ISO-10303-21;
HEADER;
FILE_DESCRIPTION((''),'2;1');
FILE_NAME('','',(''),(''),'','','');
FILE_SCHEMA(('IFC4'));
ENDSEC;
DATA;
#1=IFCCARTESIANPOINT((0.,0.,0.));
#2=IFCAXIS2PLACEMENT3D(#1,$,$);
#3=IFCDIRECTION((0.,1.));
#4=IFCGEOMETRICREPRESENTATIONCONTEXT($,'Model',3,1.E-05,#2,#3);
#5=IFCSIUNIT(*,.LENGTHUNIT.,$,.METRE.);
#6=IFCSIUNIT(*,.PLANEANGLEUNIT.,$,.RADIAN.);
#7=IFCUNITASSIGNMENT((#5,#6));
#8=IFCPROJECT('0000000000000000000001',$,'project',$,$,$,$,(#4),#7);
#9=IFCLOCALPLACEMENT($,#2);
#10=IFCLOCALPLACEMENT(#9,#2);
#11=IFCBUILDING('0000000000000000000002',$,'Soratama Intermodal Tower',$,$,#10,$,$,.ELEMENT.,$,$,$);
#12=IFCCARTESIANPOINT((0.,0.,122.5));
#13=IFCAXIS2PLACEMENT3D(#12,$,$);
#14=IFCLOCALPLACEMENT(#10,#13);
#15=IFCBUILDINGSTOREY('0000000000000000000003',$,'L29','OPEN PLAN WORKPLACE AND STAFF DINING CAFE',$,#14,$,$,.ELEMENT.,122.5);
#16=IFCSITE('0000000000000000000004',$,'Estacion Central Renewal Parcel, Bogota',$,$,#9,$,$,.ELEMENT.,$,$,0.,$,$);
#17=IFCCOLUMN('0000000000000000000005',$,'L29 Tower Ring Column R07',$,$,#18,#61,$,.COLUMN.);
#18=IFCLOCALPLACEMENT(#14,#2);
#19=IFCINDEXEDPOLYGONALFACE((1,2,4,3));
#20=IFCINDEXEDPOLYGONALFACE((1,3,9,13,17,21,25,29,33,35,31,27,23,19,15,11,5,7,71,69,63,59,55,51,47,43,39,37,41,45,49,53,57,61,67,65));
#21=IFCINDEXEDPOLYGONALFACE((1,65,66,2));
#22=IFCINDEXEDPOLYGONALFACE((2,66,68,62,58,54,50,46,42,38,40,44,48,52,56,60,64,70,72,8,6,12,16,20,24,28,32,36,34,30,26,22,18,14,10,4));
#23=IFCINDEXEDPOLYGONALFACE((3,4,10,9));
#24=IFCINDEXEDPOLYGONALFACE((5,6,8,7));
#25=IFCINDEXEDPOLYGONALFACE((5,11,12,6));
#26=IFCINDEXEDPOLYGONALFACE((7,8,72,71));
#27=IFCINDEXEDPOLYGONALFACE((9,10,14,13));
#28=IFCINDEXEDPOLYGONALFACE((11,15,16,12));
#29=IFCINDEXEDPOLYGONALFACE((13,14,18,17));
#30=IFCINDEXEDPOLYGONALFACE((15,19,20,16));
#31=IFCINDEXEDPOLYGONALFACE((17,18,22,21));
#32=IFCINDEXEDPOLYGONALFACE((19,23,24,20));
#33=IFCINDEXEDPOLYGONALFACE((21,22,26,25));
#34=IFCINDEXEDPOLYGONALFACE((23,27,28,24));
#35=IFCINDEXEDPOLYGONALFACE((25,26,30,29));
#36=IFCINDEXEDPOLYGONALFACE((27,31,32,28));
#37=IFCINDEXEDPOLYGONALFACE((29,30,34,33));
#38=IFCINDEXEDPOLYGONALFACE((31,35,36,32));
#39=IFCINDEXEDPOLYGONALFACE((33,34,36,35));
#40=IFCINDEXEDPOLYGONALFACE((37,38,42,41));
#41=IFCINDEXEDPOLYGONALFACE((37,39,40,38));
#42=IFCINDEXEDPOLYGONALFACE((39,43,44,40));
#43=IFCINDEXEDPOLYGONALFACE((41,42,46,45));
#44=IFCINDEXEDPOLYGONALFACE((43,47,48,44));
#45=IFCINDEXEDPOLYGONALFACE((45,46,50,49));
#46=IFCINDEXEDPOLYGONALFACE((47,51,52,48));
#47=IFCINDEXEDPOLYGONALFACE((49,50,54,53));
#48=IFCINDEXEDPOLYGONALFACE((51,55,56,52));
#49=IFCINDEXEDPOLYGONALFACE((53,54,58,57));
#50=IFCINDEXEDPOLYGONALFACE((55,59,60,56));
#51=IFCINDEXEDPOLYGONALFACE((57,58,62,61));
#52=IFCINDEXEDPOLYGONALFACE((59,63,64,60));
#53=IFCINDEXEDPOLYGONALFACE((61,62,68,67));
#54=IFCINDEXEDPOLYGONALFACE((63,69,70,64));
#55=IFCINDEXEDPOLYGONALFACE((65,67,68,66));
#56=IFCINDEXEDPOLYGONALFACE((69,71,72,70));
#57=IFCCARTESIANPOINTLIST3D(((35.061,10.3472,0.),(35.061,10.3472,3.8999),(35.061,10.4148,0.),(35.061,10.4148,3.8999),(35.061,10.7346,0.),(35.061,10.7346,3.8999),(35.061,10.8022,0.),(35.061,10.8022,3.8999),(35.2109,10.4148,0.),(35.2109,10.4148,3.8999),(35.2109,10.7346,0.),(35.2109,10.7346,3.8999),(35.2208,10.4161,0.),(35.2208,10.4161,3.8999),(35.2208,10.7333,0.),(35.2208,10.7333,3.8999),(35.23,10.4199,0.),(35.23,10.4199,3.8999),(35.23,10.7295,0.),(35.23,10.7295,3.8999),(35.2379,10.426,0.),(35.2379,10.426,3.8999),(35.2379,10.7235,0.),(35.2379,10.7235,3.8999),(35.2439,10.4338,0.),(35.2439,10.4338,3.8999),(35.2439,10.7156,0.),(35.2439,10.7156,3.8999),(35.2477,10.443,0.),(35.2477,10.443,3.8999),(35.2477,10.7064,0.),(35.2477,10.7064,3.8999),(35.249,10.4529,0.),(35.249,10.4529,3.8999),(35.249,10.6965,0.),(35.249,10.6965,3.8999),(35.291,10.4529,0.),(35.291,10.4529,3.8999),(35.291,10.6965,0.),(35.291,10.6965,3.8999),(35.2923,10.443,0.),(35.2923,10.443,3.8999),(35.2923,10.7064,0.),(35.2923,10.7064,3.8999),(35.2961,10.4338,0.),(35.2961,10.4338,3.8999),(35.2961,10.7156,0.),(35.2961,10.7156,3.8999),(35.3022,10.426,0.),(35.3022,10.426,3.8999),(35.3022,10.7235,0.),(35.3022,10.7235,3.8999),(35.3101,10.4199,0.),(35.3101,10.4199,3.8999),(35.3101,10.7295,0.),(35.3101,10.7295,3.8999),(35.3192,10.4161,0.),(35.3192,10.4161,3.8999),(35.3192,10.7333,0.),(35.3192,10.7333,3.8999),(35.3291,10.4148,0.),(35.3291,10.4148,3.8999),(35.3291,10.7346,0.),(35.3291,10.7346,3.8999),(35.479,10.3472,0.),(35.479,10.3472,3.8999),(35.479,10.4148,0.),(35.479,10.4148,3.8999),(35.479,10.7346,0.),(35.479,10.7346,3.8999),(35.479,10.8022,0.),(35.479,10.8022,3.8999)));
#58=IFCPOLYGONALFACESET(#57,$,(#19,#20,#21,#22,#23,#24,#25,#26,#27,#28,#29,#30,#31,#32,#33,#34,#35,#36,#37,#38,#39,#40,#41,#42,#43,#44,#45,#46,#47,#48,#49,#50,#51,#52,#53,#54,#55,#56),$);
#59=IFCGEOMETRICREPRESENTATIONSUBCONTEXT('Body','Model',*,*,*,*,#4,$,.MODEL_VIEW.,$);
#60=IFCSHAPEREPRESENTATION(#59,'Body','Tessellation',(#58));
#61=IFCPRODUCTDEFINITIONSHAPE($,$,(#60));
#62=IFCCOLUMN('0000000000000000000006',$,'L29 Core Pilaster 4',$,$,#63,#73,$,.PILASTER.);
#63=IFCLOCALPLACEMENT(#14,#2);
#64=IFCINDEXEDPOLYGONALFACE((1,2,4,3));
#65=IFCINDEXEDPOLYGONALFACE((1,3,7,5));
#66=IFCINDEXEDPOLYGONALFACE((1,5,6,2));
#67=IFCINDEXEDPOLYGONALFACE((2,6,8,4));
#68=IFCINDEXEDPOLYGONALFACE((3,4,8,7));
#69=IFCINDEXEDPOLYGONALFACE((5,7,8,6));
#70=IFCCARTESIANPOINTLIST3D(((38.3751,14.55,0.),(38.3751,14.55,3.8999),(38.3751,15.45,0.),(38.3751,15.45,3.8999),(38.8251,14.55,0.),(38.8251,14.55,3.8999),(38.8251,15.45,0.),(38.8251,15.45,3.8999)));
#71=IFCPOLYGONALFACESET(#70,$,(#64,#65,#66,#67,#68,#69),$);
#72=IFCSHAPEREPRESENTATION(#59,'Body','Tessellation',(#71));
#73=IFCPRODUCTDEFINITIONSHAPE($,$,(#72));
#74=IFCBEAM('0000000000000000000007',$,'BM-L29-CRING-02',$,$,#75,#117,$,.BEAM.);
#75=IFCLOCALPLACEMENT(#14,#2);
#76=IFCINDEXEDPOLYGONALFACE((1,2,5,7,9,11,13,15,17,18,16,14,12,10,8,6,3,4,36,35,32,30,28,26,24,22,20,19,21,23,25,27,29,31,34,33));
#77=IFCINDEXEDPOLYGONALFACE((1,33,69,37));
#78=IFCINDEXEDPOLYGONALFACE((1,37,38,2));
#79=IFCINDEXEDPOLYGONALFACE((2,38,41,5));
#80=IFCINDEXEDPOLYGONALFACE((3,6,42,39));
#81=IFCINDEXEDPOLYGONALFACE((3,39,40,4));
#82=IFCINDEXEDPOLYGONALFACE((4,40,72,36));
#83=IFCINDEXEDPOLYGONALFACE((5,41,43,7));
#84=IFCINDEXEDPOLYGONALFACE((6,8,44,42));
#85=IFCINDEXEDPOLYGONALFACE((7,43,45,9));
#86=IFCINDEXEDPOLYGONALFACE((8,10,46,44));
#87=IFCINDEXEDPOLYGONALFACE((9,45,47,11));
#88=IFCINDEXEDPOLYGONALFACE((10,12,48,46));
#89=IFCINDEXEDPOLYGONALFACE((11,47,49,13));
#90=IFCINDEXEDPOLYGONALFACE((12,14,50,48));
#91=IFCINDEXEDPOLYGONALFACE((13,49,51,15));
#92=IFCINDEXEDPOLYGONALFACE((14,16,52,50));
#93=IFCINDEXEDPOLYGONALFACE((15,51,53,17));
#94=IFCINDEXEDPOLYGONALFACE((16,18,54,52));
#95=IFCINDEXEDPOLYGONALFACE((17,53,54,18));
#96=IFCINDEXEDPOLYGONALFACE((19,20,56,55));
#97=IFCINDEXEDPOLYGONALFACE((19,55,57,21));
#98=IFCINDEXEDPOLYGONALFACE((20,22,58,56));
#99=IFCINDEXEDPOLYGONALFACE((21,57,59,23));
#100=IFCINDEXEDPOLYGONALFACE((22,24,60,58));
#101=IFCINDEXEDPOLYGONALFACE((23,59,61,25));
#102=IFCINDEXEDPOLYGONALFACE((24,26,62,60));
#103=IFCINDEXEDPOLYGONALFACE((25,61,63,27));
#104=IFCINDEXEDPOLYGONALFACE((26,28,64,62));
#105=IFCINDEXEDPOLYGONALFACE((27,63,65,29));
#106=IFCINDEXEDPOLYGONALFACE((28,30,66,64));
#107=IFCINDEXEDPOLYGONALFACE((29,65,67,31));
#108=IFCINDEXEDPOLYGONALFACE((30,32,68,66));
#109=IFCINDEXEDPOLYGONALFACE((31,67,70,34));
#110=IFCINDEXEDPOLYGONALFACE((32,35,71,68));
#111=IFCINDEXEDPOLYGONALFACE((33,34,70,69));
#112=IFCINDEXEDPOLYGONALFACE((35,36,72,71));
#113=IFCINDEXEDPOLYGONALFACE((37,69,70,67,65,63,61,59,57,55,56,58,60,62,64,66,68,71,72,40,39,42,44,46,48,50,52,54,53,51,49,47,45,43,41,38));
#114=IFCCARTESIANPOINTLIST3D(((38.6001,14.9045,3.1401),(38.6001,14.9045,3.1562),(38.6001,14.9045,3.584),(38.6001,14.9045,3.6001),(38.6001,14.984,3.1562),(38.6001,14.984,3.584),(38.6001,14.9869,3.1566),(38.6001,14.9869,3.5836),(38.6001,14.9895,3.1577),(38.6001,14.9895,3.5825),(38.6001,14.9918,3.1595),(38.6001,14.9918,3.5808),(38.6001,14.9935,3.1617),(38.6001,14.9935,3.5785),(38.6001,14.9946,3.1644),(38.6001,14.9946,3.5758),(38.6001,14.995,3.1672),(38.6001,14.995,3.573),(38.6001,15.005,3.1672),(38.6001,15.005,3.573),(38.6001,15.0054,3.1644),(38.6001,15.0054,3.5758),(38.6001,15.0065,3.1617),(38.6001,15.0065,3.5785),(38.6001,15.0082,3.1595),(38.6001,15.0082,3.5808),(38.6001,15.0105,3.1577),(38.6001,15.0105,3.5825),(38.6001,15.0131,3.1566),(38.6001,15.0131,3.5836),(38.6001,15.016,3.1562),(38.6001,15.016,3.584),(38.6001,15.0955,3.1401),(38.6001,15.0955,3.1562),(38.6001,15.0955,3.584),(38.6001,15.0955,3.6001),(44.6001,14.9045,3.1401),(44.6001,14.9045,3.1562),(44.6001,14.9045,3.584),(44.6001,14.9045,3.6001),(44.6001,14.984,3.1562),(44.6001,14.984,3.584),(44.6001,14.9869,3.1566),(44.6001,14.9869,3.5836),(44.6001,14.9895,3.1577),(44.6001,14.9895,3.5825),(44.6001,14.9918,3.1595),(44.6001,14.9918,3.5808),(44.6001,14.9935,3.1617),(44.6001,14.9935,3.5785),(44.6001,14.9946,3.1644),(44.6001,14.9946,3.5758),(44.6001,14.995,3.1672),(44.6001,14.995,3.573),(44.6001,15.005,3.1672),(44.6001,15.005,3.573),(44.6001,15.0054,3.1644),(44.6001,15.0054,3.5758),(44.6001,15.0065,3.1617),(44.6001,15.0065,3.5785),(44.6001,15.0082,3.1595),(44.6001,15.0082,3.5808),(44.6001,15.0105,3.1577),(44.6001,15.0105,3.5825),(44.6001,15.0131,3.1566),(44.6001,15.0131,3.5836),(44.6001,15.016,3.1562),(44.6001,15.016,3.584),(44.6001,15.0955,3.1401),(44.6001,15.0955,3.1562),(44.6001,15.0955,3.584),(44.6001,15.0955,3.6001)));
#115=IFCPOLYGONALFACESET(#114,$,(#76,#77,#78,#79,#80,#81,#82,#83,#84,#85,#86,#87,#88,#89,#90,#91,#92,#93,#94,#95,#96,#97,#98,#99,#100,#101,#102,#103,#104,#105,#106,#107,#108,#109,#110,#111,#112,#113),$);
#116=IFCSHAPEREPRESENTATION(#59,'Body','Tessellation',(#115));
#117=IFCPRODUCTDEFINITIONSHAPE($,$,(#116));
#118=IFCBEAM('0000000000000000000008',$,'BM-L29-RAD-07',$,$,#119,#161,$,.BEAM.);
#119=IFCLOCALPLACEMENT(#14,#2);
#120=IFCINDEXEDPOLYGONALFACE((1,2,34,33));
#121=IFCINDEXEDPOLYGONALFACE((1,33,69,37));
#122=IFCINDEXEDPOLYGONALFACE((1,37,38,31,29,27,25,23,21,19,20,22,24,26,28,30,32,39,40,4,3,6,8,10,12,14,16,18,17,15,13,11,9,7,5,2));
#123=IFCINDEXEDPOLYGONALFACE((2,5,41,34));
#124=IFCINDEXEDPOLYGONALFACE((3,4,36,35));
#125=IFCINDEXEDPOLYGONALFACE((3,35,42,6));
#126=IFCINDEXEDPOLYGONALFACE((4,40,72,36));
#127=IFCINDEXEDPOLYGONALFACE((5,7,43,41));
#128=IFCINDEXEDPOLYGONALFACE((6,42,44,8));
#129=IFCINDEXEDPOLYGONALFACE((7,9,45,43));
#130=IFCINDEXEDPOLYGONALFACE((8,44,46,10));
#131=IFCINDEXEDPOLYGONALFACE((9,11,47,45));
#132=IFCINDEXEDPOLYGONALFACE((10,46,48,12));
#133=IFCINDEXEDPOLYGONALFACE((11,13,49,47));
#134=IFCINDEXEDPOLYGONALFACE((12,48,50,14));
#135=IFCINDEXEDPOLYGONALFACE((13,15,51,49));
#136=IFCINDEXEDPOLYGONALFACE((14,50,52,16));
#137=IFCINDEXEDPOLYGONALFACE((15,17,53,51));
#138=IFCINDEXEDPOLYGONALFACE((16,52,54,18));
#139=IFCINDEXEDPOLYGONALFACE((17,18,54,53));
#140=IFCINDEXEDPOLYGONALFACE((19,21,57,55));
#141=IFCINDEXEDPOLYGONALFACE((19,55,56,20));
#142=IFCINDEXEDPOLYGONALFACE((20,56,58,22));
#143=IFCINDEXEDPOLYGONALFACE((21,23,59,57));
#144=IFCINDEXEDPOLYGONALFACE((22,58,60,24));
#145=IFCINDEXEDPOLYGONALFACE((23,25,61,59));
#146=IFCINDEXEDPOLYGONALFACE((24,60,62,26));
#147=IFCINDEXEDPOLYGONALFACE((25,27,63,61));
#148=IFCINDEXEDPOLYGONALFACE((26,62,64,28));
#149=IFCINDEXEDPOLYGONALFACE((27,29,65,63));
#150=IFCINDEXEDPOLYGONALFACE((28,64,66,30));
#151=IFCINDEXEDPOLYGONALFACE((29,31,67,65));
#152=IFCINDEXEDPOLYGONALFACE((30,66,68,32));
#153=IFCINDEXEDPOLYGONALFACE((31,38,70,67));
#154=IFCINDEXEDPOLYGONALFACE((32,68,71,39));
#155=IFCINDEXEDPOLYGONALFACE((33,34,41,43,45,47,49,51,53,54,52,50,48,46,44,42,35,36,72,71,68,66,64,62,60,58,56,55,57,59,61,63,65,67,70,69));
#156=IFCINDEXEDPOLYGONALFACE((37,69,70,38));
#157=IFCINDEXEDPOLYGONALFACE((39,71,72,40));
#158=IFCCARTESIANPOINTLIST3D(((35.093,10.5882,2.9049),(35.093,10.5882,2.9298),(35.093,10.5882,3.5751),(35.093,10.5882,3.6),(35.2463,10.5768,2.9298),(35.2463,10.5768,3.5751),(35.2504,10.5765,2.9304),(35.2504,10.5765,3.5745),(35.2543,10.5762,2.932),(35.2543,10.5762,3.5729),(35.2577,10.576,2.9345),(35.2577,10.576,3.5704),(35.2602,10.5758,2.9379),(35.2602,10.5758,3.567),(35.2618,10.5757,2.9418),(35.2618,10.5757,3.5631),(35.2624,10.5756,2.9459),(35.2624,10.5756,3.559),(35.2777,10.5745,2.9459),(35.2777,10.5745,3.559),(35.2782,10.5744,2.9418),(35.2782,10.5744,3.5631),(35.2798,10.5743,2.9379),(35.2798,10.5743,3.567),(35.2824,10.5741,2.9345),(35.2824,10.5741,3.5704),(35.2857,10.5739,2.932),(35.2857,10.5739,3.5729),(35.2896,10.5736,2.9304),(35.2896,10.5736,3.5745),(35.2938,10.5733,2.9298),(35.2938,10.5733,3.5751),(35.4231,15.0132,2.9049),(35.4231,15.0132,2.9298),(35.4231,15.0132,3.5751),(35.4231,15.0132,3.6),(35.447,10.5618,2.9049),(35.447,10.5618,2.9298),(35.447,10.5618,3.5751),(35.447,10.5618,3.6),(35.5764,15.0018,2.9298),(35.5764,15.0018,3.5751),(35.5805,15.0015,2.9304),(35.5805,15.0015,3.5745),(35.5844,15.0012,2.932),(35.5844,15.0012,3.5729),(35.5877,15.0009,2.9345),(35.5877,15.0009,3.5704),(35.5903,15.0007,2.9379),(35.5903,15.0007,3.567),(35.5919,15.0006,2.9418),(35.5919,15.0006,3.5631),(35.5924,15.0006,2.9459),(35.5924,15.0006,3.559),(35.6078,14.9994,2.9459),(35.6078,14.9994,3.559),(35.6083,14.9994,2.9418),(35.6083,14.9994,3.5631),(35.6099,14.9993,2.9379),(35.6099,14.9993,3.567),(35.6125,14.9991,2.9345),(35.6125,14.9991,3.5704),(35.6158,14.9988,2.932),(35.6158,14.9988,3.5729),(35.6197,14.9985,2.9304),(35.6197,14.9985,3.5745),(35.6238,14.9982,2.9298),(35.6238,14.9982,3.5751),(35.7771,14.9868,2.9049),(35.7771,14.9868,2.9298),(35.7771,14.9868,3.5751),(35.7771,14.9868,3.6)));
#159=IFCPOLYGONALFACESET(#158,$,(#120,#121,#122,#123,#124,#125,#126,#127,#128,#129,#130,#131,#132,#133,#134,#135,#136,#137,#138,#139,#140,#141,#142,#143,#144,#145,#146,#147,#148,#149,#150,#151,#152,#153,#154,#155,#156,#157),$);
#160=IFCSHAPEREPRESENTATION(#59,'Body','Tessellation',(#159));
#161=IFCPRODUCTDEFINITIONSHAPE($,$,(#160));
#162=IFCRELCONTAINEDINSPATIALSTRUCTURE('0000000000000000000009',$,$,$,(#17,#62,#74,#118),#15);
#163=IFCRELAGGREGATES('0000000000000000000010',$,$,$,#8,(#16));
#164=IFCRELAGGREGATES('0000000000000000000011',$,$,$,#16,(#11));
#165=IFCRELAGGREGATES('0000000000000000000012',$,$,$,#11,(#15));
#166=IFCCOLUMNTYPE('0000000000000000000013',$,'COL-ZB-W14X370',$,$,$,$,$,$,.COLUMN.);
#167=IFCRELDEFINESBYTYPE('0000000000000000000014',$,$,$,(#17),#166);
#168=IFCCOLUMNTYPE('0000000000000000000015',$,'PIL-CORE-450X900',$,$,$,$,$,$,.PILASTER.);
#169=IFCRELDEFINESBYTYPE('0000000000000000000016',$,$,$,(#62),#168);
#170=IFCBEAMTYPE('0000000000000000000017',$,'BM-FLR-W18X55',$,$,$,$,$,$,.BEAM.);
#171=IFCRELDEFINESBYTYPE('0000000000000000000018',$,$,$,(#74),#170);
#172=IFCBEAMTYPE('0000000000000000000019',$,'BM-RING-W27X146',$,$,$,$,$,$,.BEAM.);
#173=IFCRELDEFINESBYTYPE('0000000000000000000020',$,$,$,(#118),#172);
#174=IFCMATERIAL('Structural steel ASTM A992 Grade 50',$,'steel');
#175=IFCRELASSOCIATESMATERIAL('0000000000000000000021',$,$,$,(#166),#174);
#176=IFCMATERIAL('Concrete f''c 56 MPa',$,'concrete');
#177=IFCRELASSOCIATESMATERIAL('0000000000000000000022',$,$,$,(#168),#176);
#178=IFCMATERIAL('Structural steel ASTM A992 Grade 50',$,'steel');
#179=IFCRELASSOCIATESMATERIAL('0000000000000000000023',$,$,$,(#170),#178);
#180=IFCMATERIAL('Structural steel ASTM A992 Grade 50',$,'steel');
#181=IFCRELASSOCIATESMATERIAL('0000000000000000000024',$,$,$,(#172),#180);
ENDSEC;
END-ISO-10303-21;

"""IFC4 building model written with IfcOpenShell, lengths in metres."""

from ifc_helpers import new_model, si_unit, direction, frame, origin, origin_2d, place, context, subcontext, project, spatial, rectangle, i_section, extrude, material, material_profile, profile_set, type_object, element, save


model = new_model("IFC4")

# Units and contexts
model_context = context("Model", 3, precision=1e-05, world=origin(), true_north=direction((0.0, 1.0)))
body_context = subcontext(model_context, "Body", "Model", "MODEL_VIEW")
ifc_project = project(units=[si_unit("LENGTHUNIT", "METRE"), si_unit("PLANEANGLEUNIT", "RADIAN")], contexts=[model_context])

# Site, building, storey
site_placement = place(None, origin())
site = spatial("IfcSite", under=ifc_project, at=site_placement, Name="Estacion Central Renewal Parcel, Bogota", CompositionType="ELEMENT", RefElevation=0.0)
building_placement = place(site_placement, origin())
building = spatial("IfcBuilding", under=site, at=building_placement, Name="Soratama Intermodal Tower", CompositionType="ELEMENT")
storey_placement = place(building_placement, frame((0.0, 0.0, 122.5)))
storey = spatial("IfcBuildingStorey", under=building, at=storey_placement, Name="L29", Description="OPEN PLAN WORKPLACE AND STAFF DINING CAFE", CompositionType="ELEMENT", Elevation=122.5)

# Columns
ifc_material_1 = material(Name="Structural steel ASTM A992 Grade 50", Category="steel")
ifc_material_profile_1 = material_profile(ifc_material_1, i_section(OverallWidth=0.418, OverallDepth=0.4551, WebThickness=0.042, FlangeThickness=0.0676, FilletRadius=0.0381, at=origin_2d()), Name="W14X370")
ifc_profile_set_1 = profile_set([ifc_material_profile_1], Name="Structural steel ASTM A992 Grade 50")
column_type_1 = type_object("IfcColumnType", Name="COL-ZB-W14X370", PredefinedType="COLUMN", material=ifc_profile_set_1)
column_1_placement = place(storey_placement, frame((35.27, 10.5747, 0.0), z_axis=(0.0, 0.0, 1.0), x_axis=(1.0, 0.0, 0.0)))
element("IfcColumn", 1, at=column_1_placement, inside=storey, type_object=column_type_1, Name="L29 Tower Ring Column R07", PredefinedType="COLUMN", context=body_context, shape_type="SweptSolid", body=[
    extrude(i_section(OverallWidth=0.418, OverallDepth=0.4551, WebThickness=0.042, FlangeThickness=0.0676, FilletRadius=0.0381, at=origin_2d()), origin(), (0.0, 0.0, 1.0), 3.8999),
])
ifc_material_2 = material(Name="Concrete f'c 56 MPa", Category="concrete")
ifc_material_profile_2 = material_profile(ifc_material_2, rectangle(XDim=0.45, YDim=0.8999, at=origin_2d()), Name="RC450X900")
ifc_profile_set_2 = profile_set([ifc_material_profile_2], Name="Concrete f'c 56 MPa")
column_type_2 = type_object("IfcColumnType", Name="PIL-CORE-450X900", PredefinedType="PILASTER", material=ifc_profile_set_2)
column_2_placement = place(storey_placement, frame((38.6001, 15.0, 0.0), z_axis=(0.0, 0.0, 1.0), x_axis=(1.0, 0.0, 0.0)))
element("IfcColumn", 2, at=column_2_placement, inside=storey, type_object=column_type_2, Name="L29 Core Pilaster 4", PredefinedType="PILASTER", context=body_context, shape_type="SweptSolid", body=[
    extrude(rectangle(XDim=0.45, YDim=0.8999, at=origin_2d()), origin(), (0.0, 0.0, 1.0), 3.8999),
])

# Beams
ifc_material_3 = material(Name="Structural steel ASTM A992 Grade 50", Category="steel")
ifc_material_profile_3 = material_profile(ifc_material_3, i_section(OverallWidth=0.1909, OverallDepth=0.46, WebThickness=0.01, FlangeThickness=0.0161, FilletRadius=0.011, at=origin_2d()), Name="W18X55")
ifc_profile_set_3 = profile_set([ifc_material_profile_3], Name="Structural steel ASTM A992 Grade 50")
beam_type_1 = type_object("IfcBeamType", Name="BM-FLR-W18X55", PredefinedType="BEAM", material=ifc_profile_set_3)
beam_1_placement = place(storey_placement, frame((38.6001, 15.0, 3.3701), z_axis=(1.0, 0.0, 0.0), x_axis=(0.0, 1.0, 0.0)))
element("IfcBeam", 3, at=beam_1_placement, inside=storey, type_object=beam_type_1, Name="BM-L29-CRING-02", PredefinedType="BEAM", context=body_context, shape_type="SweptSolid", body=[
    extrude(i_section(OverallWidth=0.1909, OverallDepth=0.46, WebThickness=0.01, FlangeThickness=0.0161, FilletRadius=0.011, at=origin_2d()), origin(), (0.0, 0.0, 1.0), 6.0),
])
ifc_material_4 = material(Name="Structural steel ASTM A992 Grade 50", Category="steel")
ifc_material_profile_4 = material_profile(ifc_material_4, i_section(OverallWidth=0.355, OverallDepth=0.6951, WebThickness=0.0154, FlangeThickness=0.0249, FilletRadius=0.0161, at=origin_2d()), Name="W27X146")
ifc_profile_set_4 = profile_set([ifc_material_profile_4], Name="Structural steel ASTM A992 Grade 50")
beam_type_2 = type_object("IfcBeamType", Name="BM-RING-W27X146", PredefinedType="BEAM", material=ifc_profile_set_4)
beam_2_placement = place(storey_placement, frame((35.6001, 15.0, 3.2524), z_axis=(-0.074386, -0.997229, 0.0), x_axis=(0.997229, -0.074386, 0.0)))
element("IfcBeam", 4, at=beam_2_placement, inside=storey, type_object=beam_type_2, Name="BM-L29-RAD-07", PredefinedType="BEAM", context=body_context, shape_type="SweptSolid", body=[
    extrude(i_section(OverallWidth=0.355, OverallDepth=0.6951, WebThickness=0.0154, FlangeThickness=0.0249, FilletRadius=0.0161, at=origin_2d()), origin(), (0.0, 0.0, 1.0), 4.4373),
])

save(model, "model.ifc")
